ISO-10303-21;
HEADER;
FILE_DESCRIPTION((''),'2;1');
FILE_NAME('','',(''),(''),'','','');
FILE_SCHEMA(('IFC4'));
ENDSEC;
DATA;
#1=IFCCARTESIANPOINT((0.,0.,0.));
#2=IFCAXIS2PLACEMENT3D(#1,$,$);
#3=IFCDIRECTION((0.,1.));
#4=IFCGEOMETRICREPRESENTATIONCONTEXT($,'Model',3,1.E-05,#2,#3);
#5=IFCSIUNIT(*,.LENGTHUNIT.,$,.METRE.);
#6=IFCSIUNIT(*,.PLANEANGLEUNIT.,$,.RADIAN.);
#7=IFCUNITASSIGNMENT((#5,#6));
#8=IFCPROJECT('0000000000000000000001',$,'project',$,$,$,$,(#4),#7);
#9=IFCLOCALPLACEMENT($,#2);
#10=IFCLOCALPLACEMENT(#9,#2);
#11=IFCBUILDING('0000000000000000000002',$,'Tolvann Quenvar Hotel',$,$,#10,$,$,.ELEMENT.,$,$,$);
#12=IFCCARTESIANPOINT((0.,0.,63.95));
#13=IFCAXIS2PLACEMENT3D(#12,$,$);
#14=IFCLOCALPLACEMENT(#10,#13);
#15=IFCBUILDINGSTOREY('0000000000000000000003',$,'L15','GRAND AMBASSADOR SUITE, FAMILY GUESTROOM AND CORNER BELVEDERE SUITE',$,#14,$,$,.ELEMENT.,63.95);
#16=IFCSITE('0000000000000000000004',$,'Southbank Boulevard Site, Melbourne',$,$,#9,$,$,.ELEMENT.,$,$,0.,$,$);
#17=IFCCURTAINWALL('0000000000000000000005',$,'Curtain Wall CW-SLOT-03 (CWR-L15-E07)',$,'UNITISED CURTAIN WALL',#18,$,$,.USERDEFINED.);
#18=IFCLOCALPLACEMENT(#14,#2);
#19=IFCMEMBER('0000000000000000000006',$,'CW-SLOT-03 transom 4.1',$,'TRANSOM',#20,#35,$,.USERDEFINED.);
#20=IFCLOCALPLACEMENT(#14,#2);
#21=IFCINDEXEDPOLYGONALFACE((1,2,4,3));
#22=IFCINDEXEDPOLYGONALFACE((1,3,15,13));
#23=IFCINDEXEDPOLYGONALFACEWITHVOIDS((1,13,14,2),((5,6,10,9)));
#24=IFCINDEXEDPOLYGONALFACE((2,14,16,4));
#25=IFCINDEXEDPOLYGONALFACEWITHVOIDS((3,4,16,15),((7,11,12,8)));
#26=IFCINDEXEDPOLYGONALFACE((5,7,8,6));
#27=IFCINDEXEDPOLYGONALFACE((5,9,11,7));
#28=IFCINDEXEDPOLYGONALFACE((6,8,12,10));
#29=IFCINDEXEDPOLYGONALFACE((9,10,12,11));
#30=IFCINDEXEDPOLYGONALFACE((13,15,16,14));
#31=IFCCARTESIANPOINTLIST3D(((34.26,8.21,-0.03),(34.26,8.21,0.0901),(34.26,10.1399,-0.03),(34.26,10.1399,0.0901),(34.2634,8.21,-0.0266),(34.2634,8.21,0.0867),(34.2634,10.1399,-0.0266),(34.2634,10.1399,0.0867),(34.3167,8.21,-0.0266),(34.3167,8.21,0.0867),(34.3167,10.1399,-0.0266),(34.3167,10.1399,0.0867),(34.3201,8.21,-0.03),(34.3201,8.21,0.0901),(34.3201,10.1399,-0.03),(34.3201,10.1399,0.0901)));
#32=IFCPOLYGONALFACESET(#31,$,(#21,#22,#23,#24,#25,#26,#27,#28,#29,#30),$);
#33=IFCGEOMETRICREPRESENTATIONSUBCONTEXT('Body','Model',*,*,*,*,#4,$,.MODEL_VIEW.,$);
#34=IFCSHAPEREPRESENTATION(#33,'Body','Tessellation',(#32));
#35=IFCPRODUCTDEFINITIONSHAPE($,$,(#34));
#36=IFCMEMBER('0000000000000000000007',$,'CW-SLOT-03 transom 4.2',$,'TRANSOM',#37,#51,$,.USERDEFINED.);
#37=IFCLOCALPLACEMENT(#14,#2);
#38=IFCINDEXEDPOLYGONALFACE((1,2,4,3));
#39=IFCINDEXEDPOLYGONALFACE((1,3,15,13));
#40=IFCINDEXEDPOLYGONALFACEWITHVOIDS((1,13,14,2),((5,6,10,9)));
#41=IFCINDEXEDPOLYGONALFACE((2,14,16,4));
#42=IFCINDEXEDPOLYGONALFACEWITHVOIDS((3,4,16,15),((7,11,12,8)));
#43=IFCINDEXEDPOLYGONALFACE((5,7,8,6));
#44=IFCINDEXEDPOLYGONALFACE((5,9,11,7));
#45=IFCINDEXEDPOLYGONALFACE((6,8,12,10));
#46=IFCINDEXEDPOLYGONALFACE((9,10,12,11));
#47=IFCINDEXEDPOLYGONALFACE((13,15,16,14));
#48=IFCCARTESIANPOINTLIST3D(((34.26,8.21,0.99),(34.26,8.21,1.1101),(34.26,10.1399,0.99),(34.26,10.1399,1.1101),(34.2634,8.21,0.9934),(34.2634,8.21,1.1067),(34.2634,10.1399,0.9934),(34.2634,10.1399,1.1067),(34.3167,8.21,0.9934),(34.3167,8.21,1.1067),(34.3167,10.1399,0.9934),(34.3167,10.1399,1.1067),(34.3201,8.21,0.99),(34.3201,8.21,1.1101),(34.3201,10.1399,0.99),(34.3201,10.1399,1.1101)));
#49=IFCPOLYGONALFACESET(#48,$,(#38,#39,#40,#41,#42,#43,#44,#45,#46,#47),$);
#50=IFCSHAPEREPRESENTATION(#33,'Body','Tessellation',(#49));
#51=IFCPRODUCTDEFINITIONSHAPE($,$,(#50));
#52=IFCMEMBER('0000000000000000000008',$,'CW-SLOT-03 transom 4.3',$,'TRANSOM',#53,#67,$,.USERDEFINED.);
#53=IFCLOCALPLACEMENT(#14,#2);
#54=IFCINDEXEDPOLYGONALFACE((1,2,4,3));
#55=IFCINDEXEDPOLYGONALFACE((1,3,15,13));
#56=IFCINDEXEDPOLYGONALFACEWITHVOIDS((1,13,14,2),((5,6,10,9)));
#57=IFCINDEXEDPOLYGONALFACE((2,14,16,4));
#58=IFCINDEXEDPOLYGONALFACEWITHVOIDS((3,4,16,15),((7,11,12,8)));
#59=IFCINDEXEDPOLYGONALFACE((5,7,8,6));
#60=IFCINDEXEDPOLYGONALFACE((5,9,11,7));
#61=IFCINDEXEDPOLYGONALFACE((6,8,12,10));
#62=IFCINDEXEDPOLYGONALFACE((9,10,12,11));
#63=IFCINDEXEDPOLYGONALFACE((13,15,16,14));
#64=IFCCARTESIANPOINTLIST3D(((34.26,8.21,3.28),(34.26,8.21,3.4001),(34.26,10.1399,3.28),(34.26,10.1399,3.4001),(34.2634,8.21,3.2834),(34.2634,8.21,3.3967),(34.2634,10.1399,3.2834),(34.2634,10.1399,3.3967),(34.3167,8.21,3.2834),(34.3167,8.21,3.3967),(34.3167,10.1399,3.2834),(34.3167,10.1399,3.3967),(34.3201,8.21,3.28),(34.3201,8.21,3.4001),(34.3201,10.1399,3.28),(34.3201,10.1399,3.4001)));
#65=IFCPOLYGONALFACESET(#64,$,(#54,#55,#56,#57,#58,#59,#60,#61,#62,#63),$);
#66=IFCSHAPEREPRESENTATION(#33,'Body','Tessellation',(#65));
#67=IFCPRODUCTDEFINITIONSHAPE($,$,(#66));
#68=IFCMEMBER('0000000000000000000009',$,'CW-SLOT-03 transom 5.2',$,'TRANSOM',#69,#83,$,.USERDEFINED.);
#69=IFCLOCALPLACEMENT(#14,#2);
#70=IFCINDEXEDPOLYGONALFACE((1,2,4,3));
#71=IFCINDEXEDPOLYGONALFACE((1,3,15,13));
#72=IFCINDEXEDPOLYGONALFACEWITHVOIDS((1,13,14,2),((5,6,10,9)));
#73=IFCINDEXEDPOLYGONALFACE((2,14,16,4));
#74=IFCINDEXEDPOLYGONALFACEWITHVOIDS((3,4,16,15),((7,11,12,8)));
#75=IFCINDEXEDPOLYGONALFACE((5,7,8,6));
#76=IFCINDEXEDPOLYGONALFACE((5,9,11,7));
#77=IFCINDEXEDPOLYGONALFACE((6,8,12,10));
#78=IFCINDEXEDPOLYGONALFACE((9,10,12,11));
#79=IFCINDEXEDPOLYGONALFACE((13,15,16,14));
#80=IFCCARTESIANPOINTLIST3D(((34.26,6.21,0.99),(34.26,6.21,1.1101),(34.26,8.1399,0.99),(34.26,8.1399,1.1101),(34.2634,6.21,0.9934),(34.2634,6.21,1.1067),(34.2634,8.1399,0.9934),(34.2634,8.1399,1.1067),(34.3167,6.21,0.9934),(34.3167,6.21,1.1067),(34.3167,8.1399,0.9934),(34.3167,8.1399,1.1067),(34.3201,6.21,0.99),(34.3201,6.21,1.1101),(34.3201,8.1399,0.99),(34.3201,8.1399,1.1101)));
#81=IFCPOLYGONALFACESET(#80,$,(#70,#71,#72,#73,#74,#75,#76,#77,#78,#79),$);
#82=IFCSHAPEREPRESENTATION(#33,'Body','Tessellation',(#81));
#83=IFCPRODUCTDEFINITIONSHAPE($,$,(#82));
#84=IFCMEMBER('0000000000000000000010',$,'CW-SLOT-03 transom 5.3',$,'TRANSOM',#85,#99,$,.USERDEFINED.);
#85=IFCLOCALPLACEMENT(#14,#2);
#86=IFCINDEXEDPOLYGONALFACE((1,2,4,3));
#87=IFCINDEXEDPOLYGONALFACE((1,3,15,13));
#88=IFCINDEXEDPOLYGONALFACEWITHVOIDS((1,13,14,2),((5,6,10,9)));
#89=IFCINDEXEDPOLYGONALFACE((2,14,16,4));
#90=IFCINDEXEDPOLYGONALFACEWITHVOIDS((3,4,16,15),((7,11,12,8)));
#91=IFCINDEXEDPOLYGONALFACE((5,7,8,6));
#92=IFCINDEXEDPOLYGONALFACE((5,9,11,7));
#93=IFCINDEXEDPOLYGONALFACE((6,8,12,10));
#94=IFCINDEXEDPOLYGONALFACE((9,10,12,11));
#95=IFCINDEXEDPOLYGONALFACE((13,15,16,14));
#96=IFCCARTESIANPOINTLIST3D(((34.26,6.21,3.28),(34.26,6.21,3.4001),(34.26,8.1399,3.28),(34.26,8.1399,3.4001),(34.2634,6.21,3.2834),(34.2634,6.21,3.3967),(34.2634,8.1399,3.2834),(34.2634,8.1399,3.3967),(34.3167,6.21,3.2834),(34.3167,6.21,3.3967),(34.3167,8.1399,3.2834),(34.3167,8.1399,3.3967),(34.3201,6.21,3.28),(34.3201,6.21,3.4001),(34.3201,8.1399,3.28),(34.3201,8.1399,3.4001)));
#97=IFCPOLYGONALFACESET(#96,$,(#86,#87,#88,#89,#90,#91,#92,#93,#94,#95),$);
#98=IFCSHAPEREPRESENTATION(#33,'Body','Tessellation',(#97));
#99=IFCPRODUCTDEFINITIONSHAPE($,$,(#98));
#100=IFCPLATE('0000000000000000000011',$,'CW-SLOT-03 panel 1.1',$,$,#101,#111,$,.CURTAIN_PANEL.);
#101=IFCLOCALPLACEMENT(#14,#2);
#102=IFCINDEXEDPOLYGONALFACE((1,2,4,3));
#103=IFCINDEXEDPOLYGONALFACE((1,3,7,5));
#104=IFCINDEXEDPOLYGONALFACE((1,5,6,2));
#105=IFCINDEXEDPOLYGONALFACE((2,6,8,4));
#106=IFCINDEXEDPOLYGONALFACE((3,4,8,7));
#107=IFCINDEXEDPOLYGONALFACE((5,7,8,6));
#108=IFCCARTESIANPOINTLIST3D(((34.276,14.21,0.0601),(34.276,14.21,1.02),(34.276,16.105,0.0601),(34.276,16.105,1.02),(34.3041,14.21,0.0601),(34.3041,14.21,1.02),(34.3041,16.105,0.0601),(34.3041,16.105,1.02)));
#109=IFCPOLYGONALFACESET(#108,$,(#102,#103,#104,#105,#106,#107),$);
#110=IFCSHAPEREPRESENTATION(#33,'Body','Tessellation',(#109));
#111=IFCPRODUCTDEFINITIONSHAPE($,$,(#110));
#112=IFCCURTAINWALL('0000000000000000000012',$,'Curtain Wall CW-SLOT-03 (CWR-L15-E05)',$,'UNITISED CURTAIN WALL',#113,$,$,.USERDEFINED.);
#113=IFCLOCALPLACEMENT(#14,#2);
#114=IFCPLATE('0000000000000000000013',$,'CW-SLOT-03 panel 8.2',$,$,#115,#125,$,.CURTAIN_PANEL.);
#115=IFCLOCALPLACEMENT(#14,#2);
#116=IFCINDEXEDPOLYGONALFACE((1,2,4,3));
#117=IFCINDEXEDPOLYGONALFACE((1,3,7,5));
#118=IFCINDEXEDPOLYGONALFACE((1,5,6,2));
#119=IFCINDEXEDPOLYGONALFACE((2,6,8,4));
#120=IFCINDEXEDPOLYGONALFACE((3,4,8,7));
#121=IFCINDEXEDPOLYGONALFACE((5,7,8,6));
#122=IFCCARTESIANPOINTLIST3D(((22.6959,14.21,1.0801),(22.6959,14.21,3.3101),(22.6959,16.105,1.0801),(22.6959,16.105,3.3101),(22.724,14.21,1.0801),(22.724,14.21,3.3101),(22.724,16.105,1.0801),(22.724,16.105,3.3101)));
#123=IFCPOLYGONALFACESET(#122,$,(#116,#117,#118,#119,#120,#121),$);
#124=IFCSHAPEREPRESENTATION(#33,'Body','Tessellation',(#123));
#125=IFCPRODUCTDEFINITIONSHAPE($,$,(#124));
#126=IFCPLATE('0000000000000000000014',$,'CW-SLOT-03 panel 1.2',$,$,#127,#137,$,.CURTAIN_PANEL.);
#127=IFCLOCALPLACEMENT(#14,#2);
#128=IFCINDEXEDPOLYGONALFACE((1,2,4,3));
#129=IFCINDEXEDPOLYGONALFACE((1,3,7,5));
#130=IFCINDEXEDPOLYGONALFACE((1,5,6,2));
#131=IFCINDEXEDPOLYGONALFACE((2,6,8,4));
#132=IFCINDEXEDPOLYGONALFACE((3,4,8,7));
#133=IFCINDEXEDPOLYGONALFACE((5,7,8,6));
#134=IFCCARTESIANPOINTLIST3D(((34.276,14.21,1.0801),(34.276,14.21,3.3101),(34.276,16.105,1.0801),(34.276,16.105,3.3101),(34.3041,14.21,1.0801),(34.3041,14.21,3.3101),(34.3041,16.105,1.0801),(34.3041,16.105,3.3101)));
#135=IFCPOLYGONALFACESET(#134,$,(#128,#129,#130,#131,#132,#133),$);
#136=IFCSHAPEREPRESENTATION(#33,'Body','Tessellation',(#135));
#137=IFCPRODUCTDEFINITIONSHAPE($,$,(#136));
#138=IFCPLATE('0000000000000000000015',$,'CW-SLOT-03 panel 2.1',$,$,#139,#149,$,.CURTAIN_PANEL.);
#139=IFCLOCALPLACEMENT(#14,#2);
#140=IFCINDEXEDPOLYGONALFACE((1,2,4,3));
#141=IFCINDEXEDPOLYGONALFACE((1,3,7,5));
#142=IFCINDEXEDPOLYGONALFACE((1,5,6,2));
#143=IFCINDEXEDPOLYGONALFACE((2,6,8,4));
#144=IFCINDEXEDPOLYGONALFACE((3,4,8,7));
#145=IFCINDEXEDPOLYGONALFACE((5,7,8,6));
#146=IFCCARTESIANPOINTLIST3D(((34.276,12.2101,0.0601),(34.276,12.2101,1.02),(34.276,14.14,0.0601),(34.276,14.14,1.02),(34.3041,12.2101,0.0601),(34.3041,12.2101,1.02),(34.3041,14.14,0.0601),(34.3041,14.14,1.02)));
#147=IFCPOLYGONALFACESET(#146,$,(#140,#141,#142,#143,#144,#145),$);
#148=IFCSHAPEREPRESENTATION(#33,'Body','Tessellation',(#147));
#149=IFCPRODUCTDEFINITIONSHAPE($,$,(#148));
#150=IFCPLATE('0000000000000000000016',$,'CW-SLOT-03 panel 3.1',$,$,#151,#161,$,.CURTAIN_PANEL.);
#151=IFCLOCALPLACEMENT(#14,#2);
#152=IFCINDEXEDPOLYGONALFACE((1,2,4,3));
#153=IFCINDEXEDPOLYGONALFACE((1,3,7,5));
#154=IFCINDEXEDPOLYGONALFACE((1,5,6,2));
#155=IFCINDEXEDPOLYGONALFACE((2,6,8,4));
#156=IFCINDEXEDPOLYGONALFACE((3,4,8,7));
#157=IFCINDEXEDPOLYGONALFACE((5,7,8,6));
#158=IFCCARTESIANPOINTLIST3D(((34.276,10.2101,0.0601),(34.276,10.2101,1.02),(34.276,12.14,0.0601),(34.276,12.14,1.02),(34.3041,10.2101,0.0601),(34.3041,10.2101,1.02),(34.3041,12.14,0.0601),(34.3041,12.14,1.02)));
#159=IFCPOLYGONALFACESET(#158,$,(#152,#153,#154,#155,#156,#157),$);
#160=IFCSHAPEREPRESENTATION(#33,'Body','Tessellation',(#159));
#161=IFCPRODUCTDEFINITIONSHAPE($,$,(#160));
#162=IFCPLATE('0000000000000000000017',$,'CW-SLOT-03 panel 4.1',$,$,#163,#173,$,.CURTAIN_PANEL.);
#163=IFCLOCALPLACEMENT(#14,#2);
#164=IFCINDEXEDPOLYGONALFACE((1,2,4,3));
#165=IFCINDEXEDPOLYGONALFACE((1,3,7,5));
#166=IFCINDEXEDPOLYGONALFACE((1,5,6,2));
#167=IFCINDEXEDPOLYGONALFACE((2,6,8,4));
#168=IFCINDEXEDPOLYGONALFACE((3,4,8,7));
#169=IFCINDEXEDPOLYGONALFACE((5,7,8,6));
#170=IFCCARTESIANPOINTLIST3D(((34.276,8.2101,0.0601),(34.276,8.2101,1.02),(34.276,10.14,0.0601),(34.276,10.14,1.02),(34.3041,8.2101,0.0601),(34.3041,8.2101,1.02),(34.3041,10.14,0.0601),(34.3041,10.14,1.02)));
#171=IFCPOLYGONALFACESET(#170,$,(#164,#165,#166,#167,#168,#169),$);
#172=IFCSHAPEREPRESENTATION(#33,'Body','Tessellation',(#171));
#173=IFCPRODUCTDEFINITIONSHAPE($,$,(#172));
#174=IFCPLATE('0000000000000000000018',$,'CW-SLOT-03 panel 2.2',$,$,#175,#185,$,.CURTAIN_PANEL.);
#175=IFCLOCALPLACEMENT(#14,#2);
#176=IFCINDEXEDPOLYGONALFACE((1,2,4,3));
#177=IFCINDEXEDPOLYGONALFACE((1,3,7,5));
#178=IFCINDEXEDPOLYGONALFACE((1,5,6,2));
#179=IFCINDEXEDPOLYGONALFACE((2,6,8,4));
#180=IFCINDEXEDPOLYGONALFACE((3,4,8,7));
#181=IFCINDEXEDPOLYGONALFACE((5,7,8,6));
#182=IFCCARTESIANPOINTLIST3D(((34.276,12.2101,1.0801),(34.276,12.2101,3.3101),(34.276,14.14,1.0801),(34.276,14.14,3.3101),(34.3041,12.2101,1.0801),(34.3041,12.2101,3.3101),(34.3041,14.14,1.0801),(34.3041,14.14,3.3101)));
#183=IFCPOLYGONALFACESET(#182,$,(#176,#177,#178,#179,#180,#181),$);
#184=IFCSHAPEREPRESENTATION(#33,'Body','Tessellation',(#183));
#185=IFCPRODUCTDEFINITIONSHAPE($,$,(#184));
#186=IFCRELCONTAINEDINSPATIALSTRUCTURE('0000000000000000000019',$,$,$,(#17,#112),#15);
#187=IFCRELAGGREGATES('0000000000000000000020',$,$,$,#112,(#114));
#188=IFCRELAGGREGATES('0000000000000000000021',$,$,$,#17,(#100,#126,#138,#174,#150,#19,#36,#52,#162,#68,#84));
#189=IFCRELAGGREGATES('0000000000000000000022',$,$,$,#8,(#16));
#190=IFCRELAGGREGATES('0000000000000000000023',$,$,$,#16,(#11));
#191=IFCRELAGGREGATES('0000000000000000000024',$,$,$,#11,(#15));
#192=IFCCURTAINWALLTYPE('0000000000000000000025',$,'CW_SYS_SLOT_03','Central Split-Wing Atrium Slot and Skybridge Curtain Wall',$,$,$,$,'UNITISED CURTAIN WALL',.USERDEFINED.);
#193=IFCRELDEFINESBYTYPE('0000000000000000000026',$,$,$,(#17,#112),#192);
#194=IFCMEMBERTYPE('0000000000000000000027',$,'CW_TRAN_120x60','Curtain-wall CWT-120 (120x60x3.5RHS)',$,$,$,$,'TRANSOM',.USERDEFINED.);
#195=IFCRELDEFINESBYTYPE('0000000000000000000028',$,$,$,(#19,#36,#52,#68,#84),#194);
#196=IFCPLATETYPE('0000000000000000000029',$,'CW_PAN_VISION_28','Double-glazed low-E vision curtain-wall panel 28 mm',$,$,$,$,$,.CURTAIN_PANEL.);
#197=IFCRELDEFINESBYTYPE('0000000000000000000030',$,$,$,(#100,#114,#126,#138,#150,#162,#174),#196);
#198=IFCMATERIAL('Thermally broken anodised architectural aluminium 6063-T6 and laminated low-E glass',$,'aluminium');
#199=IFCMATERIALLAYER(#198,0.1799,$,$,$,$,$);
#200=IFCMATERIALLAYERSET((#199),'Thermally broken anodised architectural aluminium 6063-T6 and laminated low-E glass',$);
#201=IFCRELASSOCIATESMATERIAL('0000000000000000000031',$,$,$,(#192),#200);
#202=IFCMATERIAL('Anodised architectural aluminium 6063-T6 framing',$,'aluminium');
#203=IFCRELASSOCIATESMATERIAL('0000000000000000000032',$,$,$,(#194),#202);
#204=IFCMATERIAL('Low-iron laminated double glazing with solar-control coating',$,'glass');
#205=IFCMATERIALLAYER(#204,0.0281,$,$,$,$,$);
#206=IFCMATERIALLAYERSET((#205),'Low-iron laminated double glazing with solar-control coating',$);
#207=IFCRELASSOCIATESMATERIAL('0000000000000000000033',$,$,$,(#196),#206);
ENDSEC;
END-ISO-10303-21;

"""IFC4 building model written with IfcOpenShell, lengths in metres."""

from ifc_helpers import new_model, si_unit, direction, frame, origin, origin_2d, place, context, subcontext, project, spatial, rectangle, hollow_rectangle, extrude, source, transform, mapped, material, layer, layer_set, material_profile, profile_set, type_object, type_shapes, element, aggregate, save


model = new_model("IFC4")

# Units and contexts
model_context = context("Model", 3, precision=1e-05, world=origin(), true_north=direction((0.0, 1.0)))
body_context = subcontext(model_context, "Body", "Model", "MODEL_VIEW")
ifc_project = project(units=[si_unit("LENGTHUNIT", "METRE"), si_unit("PLANEANGLEUNIT", "RADIAN")], contexts=[model_context])

# Site, building, storey
site_placement = place(None, origin())
site = spatial("IfcSite", under=ifc_project, at=site_placement, Name="Southbank Boulevard Site, Melbourne", CompositionType="ELEMENT", RefElevation=0.0)
building_placement = place(site_placement, origin())
building = spatial("IfcBuilding", under=site, at=building_placement, Name="Tolvann Quenvar Hotel", CompositionType="ELEMENT")
storey_placement = place(building_placement, frame((0.0, 0.0, 63.95)))
storey = spatial("IfcBuildingStorey", under=building, at=storey_placement, Name="L15", Description="GRAND AMBASSADOR SUITE, FAMILY GUESTROOM AND CORNER BELVEDERE SUITE", CompositionType="ELEMENT", Elevation=63.95)

# Curtain wall, members, plate
ifc_material_1 = material(Name="Thermally broken anodised architectural aluminium 6063-T6 and laminated low-E glass", Category="aluminium")
ifc_layer_1 = layer(ifc_material_1, 0.1799)
ifc_layer_set_1 = layer_set([ifc_layer_1], Name="Thermally broken anodised architectural aluminium 6063-T6 and laminated low-E glass")
curtain_wall_type = type_object("IfcCurtainWallType", Name="CW_SYS_SLOT_03", Description="Central Split-Wing Atrium Slot and Skybridge Curtain Wall", ElementType="UNITISED CURTAIN WALL", PredefinedType="USERDEFINED", material=ifc_layer_set_1)
curtain_wall_1_placement = place(storey_placement, origin())
curtain_wall_1 = element("IfcCurtainWall", 1, at=curtain_wall_1_placement, inside=storey, type_object=curtain_wall_type, Name="Curtain Wall CW-SLOT-03 (CWR-L15-E07)", ObjectType="UNITISED CURTAIN WALL", PredefinedType="USERDEFINED")
ifc_material_2 = material(Name="Anodised architectural aluminium 6063-T6 framing", Category="aluminium")
ifc_material_profile_1 = material_profile(ifc_material_2, hollow_rectangle(XDim=0.0601, YDim=0.1201, WallThickness=0.0034, at=origin_2d()), Name="120x60x3.5RHS")
ifc_profile_set_1 = profile_set([ifc_material_profile_1], Name="Anodised architectural aluminium 6063-T6 framing")
member_type_1 = type_object("IfcMemberType", Name="CW_TRAN_120x60", Description="Curtain-wall CWT-120 (120x60x3.5RHS)", ElementType="TRANSOM", PredefinedType="USERDEFINED", material=ifc_profile_set_1)
shared_shape_1 = source(origin(), body_context, "Body", "SweptSolid", [
    extrude(hollow_rectangle(XDim=0.0601, YDim=0.1201, WallThickness=0.0034, at=origin_2d()), origin(), (0.0, 0.0, 1.0), 1.9299),
])
type_shapes(member_type_1, [shared_shape_1])
member_1_placement = place(storey_placement, frame((34.29, 10.1399, 0.03), z_axis=(0.0, -1.0, 0.0), x_axis=(1.0, 0.0, 0.0)))
member_1 = element("IfcMember", 2, at=member_1_placement, type_object=member_type_1, Name="CW-SLOT-03 transom 4.1", ObjectType="TRANSOM", PredefinedType="USERDEFINED", context=body_context, shape_type="MappedRepresentation", body=[
    mapped(shared_shape_1, transform((0.0, 0.0, 0.0), x_axis=(1.0, 0.0, 0.0), y_axis=(0.0, 1.0, 0.0), z_axis=(0.0, 0.0, 1.0), scale=1.0)),
])
member_2_placement = place(storey_placement, frame((34.29, 10.1399, 1.05), z_axis=(0.0, -1.0, 0.0), x_axis=(1.0, 0.0, 0.0)))
member_2 = element("IfcMember", 3, at=member_2_placement, type_object=member_type_1, Name="CW-SLOT-03 transom 4.2", ObjectType="TRANSOM", PredefinedType="USERDEFINED", context=body_context, shape_type="MappedRepresentation", body=[
    mapped(shared_shape_1, transform((0.0, 0.0, 0.0), x_axis=(1.0, 0.0, 0.0), y_axis=(0.0, 1.0, 0.0), z_axis=(0.0, 0.0, 1.0), scale=1.0)),
])
member_3_placement = place(storey_placement, frame((34.29, 10.1399, 3.3401), z_axis=(0.0, -1.0, 0.0), x_axis=(1.0, 0.0, 0.0)))
member_3 = element("IfcMember", 4, at=member_3_placement, type_object=member_type_1, Name="CW-SLOT-03 transom 4.3", ObjectType="TRANSOM", PredefinedType="USERDEFINED", context=body_context, shape_type="MappedRepresentation", body=[
    mapped(shared_shape_1, transform((0.0, 0.0, 0.0), x_axis=(1.0, 0.0, 0.0), y_axis=(0.0, 1.0, 0.0), z_axis=(0.0, 0.0, 1.0), scale=1.0)),
])
member_4_placement = place(storey_placement, frame((34.29, 8.1399, 1.05), z_axis=(0.0, -1.0, 0.0), x_axis=(1.0, 0.0, 0.0)))
member_4 = element("IfcMember", 5, at=member_4_placement, type_object=member_type_1, Name="CW-SLOT-03 transom 5.2", ObjectType="TRANSOM", PredefinedType="USERDEFINED", context=body_context, shape_type="MappedRepresentation", body=[
    mapped(shared_shape_1, transform((0.0, 0.0, 0.0), x_axis=(1.0, 0.0, 0.0), y_axis=(0.0, 1.0, 0.0), z_axis=(0.0, 0.0, 1.0), scale=1.0)),
])
member_5_placement = place(storey_placement, frame((34.29, 8.1399, 3.3401), z_axis=(0.0, -1.0, 0.0), x_axis=(1.0, 0.0, 0.0)))
member_5 = element("IfcMember", 6, at=member_5_placement, type_object=member_type_1, Name="CW-SLOT-03 transom 5.3", ObjectType="TRANSOM", PredefinedType="USERDEFINED", context=body_context, shape_type="MappedRepresentation", body=[
    mapped(shared_shape_1, transform((0.0, 0.0, 0.0), x_axis=(1.0, 0.0, 0.0), y_axis=(0.0, 1.0, 0.0), z_axis=(0.0, 0.0, 1.0), scale=1.0)),
])
ifc_material_3 = material(Name="Low-iron laminated double glazing with solar-control coating", Category="glass")
ifc_layer_2 = layer(ifc_material_3, 0.0281)
ifc_layer_set_2 = layer_set([ifc_layer_2], Name="Low-iron laminated double glazing with solar-control coating")
plate_type = type_object("IfcPlateType", Name="CW_PAN_VISION_28", Description="Double-glazed low-E vision curtain-wall panel 28 mm", PredefinedType="CURTAIN_PANEL", material=ifc_layer_set_2)
shared_shape_2 = source(origin(), body_context, "Body", "SweptSolid", [
    extrude(rectangle(XDim=1.895, YDim=0.0281, at=origin_2d()), origin(), (0.0, 0.0, 1.0), 0.96),
])
plate_1_placement = place(storey_placement, frame((34.29, 15.1575, 0.0601), z_axis=(0.0, 0.0, 1.0), x_axis=(0.0, -1.0, 0.0)))
plate_1 = element("IfcPlate", 7, at=plate_1_placement, type_object=plate_type, Name="CW-SLOT-03 panel 1.1", PredefinedType="CURTAIN_PANEL", context=body_context, shape_type="MappedRepresentation", body=[
    mapped(shared_shape_2, transform((0.0, 0.0, 0.0), x_axis=(1.0, 0.0, 0.0), y_axis=(0.0, 1.0, 0.0), z_axis=(0.0, 0.0, 1.0), scale=1.0)),
])

# Curtain wall, plate
curtain_wall_2_placement = place(storey_placement, origin())
curtain_wall_2 = element("IfcCurtainWall", 8, at=curtain_wall_2_placement, inside=storey, type_object=curtain_wall_type, Name="Curtain Wall CW-SLOT-03 (CWR-L15-E05)", ObjectType="UNITISED CURTAIN WALL", PredefinedType="USERDEFINED")
shared_shape_3 = source(origin(), body_context, "Body", "SweptSolid", [
    extrude(rectangle(XDim=1.895, YDim=0.0281, at=origin_2d()), origin(), (0.0, 0.0, 1.0), 2.23),
])
plate_2_placement = place(storey_placement, frame((22.71, 15.1575, 1.0801), z_axis=(0.0, 0.0, 1.0), x_axis=(0.0, 1.0, 0.0)))
plate_2 = element("IfcPlate", 9, at=plate_2_placement, type_object=plate_type, Name="CW-SLOT-03 panel 8.2", PredefinedType="CURTAIN_PANEL", context=body_context, shape_type="MappedRepresentation", body=[
    mapped(shared_shape_3, transform((0.0, 0.0, 0.0), x_axis=(1.0, 0.0, 0.0), y_axis=(0.0, 1.0, 0.0), z_axis=(0.0, 0.0, 1.0), scale=1.0)),
])
aggregate(curtain_wall_2, [plate_2])

# Plates
plate_3_placement = place(storey_placement, frame((34.29, 15.1575, 1.0801), z_axis=(0.0, 0.0, 1.0), x_axis=(0.0, -1.0, 0.0)))
plate_3 = element("IfcPlate", 10, at=plate_3_placement, type_object=plate_type, Name="CW-SLOT-03 panel 1.2", PredefinedType="CURTAIN_PANEL", context=body_context, shape_type="MappedRepresentation", body=[
    mapped(shared_shape_3, transform((0.0, 0.0, 0.0), x_axis=(1.0, 0.0, 0.0), y_axis=(0.0, 1.0, 0.0), z_axis=(0.0, 0.0, 1.0), scale=1.0)),
])
shared_shape_4 = source(origin(), body_context, "Body", "SweptSolid", [
    extrude(rectangle(XDim=1.9299, YDim=0.0281, at=origin_2d()), origin(), (0.0, 0.0, 1.0), 0.96),
])
plate_4_placement = place(storey_placement, frame((34.29, 13.175, 0.0601), z_axis=(0.0, 0.0, 1.0), x_axis=(0.0, -1.0, 0.0)))
plate_4 = element("IfcPlate", 11, at=plate_4_placement, type_object=plate_type, Name="CW-SLOT-03 panel 2.1", PredefinedType="CURTAIN_PANEL", context=body_context, shape_type="MappedRepresentation", body=[
    mapped(shared_shape_4, transform((0.0, 0.0, 0.0), x_axis=(1.0, 0.0, 0.0), y_axis=(0.0, 1.0, 0.0), z_axis=(0.0, 0.0, 1.0), scale=1.0)),
])
plate_5_placement = place(storey_placement, frame((34.29, 11.175, 0.0601), z_axis=(0.0, 0.0, 1.0), x_axis=(0.0, -1.0, 0.0)))
plate_5 = element("IfcPlate", 12, at=plate_5_placement, type_object=plate_type, Name="CW-SLOT-03 panel 3.1", PredefinedType="CURTAIN_PANEL", context=body_context, shape_type="MappedRepresentation", body=[
    mapped(shared_shape_4, transform((0.0, 0.0, 0.0), x_axis=(1.0, 0.0, 0.0), y_axis=(0.0, 1.0, 0.0), z_axis=(0.0, 0.0, 1.0), scale=1.0)),
])
plate_6_placement = place(storey_placement, frame((34.29, 9.175, 0.0601), z_axis=(0.0, 0.0, 1.0), x_axis=(0.0, -1.0, 0.0)))
plate_6 = element("IfcPlate", 13, at=plate_6_placement, type_object=plate_type, Name="CW-SLOT-03 panel 4.1", PredefinedType="CURTAIN_PANEL", context=body_context, shape_type="MappedRepresentation", body=[
    mapped(shared_shape_4, transform((0.0, 0.0, 0.0), x_axis=(1.0, 0.0, 0.0), y_axis=(0.0, 1.0, 0.0), z_axis=(0.0, 0.0, 1.0), scale=1.0)),
])
shared_shape_5 = source(origin(), body_context, "Body", "SweptSolid", [
    extrude(rectangle(XDim=1.9299, YDim=0.0281, at=origin_2d()), origin(), (0.0, 0.0, 1.0), 2.23),
])
type_shapes(plate_type, [shared_shape_2, shared_shape_3, shared_shape_4, shared_shape_5])
plate_7_placement = place(storey_placement, frame((34.29, 13.175, 1.0801), z_axis=(0.0, 0.0, 1.0), x_axis=(0.0, -1.0, 0.0)))
plate_7 = element("IfcPlate", 14, at=plate_7_placement, type_object=plate_type, Name="CW-SLOT-03 panel 2.2", PredefinedType="CURTAIN_PANEL", context=body_context, shape_type="MappedRepresentation", body=[
    mapped(shared_shape_5, transform((0.0, 0.0, 0.0), x_axis=(1.0, 0.0, 0.0), y_axis=(0.0, 1.0, 0.0), z_axis=(0.0, 0.0, 1.0), scale=1.0)),
])
aggregate(curtain_wall_1, [plate_1, plate_3, plate_4, plate_7, plate_5, member_1, member_2, member_3, plate_6, member_4, member_5])

save(model, "model.ifc")
